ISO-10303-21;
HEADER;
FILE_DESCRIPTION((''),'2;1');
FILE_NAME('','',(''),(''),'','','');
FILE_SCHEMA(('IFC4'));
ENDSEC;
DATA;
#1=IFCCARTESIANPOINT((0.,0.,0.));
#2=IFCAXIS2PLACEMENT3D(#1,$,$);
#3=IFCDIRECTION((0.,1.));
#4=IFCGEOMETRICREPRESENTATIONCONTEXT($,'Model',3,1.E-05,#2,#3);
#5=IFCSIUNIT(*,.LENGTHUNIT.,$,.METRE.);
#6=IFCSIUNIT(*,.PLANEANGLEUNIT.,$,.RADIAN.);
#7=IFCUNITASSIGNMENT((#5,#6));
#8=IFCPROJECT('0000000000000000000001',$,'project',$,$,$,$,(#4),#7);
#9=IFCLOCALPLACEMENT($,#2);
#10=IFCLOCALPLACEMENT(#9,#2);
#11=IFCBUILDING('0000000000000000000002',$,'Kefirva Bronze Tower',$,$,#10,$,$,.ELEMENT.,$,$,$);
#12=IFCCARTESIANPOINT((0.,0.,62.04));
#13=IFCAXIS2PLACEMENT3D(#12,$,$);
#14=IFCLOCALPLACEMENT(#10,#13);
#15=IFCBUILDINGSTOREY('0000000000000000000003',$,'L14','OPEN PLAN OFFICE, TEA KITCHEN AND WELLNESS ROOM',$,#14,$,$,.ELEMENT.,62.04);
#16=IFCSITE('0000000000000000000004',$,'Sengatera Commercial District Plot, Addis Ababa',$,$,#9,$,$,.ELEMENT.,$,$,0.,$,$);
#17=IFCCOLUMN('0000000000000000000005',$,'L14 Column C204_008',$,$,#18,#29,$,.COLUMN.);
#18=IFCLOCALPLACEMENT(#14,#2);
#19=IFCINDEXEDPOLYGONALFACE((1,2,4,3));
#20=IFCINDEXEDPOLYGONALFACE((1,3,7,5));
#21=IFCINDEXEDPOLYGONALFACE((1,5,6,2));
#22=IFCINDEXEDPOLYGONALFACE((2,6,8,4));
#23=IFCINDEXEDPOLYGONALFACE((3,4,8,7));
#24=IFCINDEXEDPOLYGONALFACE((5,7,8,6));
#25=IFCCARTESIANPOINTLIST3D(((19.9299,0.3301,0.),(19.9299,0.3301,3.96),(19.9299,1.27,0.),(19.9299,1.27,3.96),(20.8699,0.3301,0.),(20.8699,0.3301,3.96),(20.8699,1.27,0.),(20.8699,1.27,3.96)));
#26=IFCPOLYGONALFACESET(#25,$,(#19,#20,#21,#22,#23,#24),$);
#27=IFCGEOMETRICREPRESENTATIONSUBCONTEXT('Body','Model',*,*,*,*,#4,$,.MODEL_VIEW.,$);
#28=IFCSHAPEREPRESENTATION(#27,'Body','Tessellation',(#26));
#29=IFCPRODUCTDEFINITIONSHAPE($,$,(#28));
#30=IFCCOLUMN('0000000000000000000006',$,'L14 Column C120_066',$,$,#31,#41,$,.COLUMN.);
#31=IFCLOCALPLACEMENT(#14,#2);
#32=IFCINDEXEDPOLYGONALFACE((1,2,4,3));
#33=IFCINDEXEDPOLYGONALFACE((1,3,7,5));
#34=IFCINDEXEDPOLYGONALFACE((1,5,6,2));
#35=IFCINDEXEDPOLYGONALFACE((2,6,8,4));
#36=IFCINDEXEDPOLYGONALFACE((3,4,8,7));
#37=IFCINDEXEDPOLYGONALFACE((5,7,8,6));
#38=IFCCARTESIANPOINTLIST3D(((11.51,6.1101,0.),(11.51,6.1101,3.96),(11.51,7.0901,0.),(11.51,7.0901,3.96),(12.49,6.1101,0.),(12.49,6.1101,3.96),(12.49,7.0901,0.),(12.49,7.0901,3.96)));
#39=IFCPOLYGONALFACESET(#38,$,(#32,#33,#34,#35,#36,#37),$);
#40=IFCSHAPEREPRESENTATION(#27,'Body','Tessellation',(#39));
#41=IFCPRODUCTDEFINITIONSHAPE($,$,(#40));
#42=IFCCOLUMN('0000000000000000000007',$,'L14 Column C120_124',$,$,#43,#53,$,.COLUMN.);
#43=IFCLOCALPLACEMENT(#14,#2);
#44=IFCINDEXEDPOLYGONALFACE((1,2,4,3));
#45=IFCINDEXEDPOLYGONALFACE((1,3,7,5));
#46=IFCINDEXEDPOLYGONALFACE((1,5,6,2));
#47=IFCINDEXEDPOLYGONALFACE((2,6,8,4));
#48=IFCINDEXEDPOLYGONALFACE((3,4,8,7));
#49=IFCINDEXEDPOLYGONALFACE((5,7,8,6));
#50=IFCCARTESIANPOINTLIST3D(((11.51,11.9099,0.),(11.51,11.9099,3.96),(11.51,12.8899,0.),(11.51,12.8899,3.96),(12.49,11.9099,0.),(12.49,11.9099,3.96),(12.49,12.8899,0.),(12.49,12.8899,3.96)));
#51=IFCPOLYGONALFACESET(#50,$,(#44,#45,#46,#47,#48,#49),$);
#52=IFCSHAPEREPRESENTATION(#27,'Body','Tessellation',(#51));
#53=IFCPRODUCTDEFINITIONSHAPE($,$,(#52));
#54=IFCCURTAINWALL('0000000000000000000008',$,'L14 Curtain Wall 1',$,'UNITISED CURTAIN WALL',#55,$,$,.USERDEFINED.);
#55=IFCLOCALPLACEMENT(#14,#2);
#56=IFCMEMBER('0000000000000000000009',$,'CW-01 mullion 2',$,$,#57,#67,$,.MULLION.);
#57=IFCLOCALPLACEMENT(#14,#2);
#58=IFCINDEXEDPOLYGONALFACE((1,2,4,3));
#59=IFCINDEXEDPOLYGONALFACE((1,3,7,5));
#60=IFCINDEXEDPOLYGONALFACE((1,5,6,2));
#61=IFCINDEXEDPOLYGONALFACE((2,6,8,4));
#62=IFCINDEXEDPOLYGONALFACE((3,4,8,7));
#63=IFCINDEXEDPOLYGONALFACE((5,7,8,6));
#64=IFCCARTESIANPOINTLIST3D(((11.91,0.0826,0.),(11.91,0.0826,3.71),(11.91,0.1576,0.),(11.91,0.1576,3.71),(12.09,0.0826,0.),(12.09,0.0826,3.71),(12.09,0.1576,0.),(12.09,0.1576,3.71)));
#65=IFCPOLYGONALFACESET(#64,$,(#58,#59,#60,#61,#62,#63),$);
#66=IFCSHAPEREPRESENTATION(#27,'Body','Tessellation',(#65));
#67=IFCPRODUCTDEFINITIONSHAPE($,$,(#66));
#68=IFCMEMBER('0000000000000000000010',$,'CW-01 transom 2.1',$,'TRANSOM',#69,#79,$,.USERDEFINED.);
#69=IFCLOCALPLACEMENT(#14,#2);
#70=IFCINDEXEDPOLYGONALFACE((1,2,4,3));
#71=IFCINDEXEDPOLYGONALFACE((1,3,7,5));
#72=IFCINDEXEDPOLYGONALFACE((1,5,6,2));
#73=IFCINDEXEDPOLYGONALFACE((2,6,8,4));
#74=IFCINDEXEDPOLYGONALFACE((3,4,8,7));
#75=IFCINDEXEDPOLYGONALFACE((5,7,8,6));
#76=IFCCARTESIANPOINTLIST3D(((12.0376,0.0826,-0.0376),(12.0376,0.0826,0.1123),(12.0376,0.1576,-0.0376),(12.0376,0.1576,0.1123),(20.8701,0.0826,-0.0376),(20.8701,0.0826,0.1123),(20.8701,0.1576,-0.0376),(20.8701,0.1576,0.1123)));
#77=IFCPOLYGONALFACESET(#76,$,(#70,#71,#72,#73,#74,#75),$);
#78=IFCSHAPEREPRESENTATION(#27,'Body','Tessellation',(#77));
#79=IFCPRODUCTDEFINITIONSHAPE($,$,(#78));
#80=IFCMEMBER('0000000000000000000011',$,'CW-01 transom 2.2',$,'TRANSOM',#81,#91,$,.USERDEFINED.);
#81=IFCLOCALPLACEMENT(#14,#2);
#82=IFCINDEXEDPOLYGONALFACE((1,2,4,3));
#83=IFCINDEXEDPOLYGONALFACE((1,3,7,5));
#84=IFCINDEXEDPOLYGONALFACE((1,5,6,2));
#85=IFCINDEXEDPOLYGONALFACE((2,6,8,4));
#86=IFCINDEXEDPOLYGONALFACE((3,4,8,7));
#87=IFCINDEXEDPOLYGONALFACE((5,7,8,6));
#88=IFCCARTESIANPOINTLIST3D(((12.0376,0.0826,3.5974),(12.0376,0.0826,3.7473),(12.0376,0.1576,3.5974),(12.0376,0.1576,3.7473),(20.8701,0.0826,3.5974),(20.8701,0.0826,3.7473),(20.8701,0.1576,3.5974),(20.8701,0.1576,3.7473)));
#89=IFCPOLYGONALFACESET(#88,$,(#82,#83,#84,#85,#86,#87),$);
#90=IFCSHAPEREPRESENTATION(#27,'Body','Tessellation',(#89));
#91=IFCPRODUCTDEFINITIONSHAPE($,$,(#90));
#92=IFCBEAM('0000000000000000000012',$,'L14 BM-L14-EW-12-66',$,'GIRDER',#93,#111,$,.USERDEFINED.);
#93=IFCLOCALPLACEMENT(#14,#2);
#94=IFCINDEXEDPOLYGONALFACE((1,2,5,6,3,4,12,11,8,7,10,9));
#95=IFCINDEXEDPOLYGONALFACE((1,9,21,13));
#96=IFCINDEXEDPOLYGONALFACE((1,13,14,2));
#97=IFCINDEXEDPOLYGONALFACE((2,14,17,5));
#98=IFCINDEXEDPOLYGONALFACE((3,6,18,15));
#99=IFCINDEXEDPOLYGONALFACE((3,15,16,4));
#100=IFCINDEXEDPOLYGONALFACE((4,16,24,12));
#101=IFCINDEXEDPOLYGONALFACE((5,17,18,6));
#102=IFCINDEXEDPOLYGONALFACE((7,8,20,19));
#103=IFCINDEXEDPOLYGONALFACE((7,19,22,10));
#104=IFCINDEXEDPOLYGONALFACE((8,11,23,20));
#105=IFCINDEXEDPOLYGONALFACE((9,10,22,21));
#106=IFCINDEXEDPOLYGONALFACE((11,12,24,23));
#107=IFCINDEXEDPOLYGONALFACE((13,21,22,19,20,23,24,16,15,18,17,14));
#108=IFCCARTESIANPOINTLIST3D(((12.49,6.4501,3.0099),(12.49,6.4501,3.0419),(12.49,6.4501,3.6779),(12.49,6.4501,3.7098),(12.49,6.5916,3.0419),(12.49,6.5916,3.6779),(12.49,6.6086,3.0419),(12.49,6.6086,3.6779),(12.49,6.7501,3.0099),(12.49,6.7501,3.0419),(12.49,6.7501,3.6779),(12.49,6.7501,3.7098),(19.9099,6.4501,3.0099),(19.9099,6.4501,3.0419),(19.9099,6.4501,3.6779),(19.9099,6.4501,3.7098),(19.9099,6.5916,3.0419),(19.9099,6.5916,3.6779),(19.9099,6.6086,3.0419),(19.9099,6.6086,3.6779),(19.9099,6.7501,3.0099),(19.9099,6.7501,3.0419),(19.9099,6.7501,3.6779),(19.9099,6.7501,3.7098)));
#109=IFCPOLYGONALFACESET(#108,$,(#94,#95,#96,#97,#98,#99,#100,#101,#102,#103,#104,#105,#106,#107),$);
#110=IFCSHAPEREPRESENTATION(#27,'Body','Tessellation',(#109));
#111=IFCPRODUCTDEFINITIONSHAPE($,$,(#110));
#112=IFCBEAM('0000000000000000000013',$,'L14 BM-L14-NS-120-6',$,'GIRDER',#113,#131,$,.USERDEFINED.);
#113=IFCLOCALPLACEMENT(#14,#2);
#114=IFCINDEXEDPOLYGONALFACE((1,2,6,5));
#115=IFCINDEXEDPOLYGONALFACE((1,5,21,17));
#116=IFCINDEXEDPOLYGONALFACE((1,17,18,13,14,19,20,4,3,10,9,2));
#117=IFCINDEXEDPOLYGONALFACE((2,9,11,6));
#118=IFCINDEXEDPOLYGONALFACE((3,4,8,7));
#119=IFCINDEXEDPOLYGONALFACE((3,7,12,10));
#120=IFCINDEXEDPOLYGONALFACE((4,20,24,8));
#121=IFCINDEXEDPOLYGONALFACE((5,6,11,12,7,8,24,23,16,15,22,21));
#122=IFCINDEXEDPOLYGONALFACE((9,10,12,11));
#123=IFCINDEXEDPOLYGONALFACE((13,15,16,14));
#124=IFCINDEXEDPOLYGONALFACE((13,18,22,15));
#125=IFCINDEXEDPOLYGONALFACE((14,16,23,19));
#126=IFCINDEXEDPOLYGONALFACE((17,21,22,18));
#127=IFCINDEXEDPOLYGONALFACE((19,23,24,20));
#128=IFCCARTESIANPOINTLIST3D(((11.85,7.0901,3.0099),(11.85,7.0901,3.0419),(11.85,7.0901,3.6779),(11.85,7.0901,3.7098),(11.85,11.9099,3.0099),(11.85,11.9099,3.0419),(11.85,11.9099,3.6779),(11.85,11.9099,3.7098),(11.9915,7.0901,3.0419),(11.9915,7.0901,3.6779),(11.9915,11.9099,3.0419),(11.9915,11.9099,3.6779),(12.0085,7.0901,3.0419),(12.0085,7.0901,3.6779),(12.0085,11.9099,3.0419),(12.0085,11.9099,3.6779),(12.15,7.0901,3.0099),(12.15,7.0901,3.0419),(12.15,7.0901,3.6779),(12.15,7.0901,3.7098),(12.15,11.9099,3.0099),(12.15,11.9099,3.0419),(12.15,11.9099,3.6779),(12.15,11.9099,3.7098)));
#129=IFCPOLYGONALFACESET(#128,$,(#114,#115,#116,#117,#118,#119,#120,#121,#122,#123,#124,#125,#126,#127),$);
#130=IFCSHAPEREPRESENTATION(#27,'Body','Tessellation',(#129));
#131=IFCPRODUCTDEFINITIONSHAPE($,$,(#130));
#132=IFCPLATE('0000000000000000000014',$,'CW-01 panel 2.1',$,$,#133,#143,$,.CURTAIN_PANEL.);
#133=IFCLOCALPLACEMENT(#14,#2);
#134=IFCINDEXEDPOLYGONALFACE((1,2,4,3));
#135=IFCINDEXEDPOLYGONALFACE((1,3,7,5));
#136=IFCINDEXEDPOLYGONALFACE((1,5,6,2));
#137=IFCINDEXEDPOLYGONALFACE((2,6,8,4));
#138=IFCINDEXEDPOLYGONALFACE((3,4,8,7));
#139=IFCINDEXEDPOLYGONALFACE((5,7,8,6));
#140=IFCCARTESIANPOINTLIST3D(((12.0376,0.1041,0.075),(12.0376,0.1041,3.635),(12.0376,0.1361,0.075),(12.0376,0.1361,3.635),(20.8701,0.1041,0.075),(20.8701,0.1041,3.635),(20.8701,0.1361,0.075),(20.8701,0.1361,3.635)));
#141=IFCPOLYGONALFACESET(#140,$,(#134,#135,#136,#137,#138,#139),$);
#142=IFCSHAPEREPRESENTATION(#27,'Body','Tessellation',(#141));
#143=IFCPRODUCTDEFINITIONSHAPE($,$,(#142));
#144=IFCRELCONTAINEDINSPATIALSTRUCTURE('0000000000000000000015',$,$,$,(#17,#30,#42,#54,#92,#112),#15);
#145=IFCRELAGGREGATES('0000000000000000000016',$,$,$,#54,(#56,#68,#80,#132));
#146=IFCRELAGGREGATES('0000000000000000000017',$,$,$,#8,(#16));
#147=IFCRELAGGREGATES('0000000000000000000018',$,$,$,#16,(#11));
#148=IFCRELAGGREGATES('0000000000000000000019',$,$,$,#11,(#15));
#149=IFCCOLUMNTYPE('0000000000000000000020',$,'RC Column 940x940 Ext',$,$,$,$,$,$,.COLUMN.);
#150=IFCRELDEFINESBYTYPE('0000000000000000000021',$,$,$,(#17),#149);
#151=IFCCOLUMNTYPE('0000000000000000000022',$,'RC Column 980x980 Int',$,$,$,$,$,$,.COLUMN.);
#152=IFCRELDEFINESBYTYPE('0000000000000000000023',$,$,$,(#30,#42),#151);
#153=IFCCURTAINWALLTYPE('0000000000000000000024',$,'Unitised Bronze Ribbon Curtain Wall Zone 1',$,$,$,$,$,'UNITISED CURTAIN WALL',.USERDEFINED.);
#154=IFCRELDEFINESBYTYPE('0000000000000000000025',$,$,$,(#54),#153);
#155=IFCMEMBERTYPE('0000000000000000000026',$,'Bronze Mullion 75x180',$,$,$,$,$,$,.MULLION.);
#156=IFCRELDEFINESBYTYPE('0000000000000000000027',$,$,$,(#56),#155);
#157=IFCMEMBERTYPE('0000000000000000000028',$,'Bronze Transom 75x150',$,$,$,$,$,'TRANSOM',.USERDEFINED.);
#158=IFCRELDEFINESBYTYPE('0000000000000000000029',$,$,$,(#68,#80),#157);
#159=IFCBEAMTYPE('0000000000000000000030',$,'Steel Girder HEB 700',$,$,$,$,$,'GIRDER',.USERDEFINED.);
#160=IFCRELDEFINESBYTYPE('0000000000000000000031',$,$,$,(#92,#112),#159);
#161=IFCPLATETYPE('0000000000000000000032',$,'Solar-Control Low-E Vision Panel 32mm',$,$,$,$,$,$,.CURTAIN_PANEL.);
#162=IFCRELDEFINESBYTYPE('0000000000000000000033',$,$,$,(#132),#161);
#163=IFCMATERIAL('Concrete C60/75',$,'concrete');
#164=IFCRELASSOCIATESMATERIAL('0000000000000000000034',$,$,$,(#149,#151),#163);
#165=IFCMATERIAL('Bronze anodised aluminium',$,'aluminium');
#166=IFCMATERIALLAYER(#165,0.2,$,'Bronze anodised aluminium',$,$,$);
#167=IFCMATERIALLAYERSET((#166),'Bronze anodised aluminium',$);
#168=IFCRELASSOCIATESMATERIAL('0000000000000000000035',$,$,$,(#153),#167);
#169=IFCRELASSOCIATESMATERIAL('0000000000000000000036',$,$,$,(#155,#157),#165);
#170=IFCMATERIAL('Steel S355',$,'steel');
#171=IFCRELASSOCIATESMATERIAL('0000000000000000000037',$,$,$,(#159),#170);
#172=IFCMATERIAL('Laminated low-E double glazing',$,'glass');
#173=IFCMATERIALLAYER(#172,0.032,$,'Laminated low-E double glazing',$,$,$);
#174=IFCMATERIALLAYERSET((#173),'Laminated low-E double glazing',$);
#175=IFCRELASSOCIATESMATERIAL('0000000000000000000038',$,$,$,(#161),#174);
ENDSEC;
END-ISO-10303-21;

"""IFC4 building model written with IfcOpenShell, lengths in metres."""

from ifc_helpers import new_model, si_unit, direction, frame, origin, origin_2d, place, context, subcontext, project, spatial, rectangle, i_section, extrude, material, layer, layer_set, material_profile, profile_set, type_object, element, aggregate, save


model = new_model("IFC4")

# Units and contexts
model_context = context("Model", 3, precision=1e-05, world=origin(), true_north=direction((0.0, 1.0)))
body_context = subcontext(model_context, "Body", "Model", "MODEL_VIEW")
ifc_project = project(units=[si_unit("LENGTHUNIT", "METRE"), si_unit("PLANEANGLEUNIT", "RADIAN")], contexts=[model_context])

# Site, building, storey
site_placement = place(None, origin())
site = spatial("IfcSite", under=ifc_project, at=site_placement, Name="Sengatera Commercial District Plot, Addis Ababa", CompositionType="ELEMENT", RefElevation=0.0)
building_placement = place(site_placement, origin())
building = spatial("IfcBuilding", under=site, at=building_placement, Name="Kefirva Bronze Tower", CompositionType="ELEMENT")
storey_placement = place(building_placement, frame((0.0, 0.0, 62.04)))
storey = spatial("IfcBuildingStorey", under=building, at=storey_placement, Name="L14", Description="OPEN PLAN OFFICE, TEA KITCHEN AND WELLNESS ROOM", CompositionType="ELEMENT", Elevation=62.04)

# Columns
ifc_material_1 = material(Name="Concrete C60/75", Category="concrete")
ifc_material_profile_1 = material_profile(ifc_material_1, rectangle(XDim=0.9399, YDim=0.9399, at=origin_2d()), Name="RC 940x940")
ifc_profile_set_1 = profile_set([ifc_material_profile_1], Name="Concrete C60/75")
column_type_1 = type_object("IfcColumnType", Name="RC Column 940x940 Ext", PredefinedType="COLUMN", material=ifc_profile_set_1)
column_placement = place(storey_placement, frame((20.3999, 0.8, 0.0), z_axis=(0.0, 0.0, 1.0), x_axis=(1.0, 0.0, 0.0)))
element("IfcColumn", 1, at=column_placement, inside=storey, type_object=column_type_1, Name="L14 Column C204_008", PredefinedType="COLUMN", context=body_context, shape_type="SweptSolid", body=[
    extrude(rectangle(XDim=0.9399, YDim=0.9399, at=origin_2d()), origin(), (0.0, 0.0, 1.0), 3.96),
])
ifc_material_profile_2 = material_profile(ifc_material_1, rectangle(XDim=0.98, YDim=0.98, at=origin_2d()), Name="RC 980x980")
ifc_profile_set_2 = profile_set([ifc_material_profile_2], Name="Concrete C60/75")
column_type_2 = type_object("IfcColumnType", Name="RC Column 980x980 Int", PredefinedType="COLUMN", material=ifc_profile_set_2)
for number, where, z_axis, x_axis, name in (
    (2, (12.0, 6.6001, 0.0), (0.0, 0.0, 1.0), (1.0, 0.0, 0.0), "L14 Column C120_066"),
    (3, (12.0, 12.3999, 0.0), (0.0, 0.0, 1.0), (1.0, 0.0, 0.0), "L14 Column C120_124"),
):
    element("IfcColumn", number, at=place(storey_placement, frame(where, z_axis=z_axis, x_axis=x_axis)), inside=storey, type_object=column_type_2, Name=name, PredefinedType="COLUMN", context=body_context, shape_type="SweptSolid", body=[
        extrude(rectangle(XDim=0.98, YDim=0.98, at=origin_2d()), origin(), (0.0, 0.0, 1.0), 3.96),
    ])

# Curtain wall, members
ifc_material_2 = material(Name="Bronze anodised aluminium", Category="aluminium")
ifc_layer_1 = layer(ifc_material_2, 0.2, Name="Bronze anodised aluminium")
ifc_layer_set_1 = layer_set([ifc_layer_1], Name="Bronze anodised aluminium")
curtain_wall_type = type_object("IfcCurtainWallType", Name="Unitised Bronze Ribbon Curtain Wall Zone 1", ElementType="UNITISED CURTAIN WALL", PredefinedType="USERDEFINED", material=ifc_layer_set_1)
curtain_wall_placement = place(storey_placement, origin())
curtain_wall = element("IfcCurtainWall", 4, at=curtain_wall_placement, inside=storey, type_object=curtain_wall_type, Name="L14 Curtain Wall 1", ObjectType="UNITISED CURTAIN WALL", PredefinedType="USERDEFINED")
ifc_material_profile_3 = material_profile(ifc_material_2, rectangle(XDim=0.075, YDim=0.1799, at=origin_2d()), Name="ALU 75x180")
ifc_profile_set_3 = profile_set([ifc_material_profile_3], Name="Bronze anodised aluminium")
member_type_1 = type_object("IfcMemberType", Name="Bronze Mullion 75x180", PredefinedType="MULLION", material=ifc_profile_set_3)
member_1_placement = place(storey_placement, frame((12.0, 0.1201, 0.0), z_axis=(0.0, 0.0, 1.0), x_axis=(0.0, 1.0, 0.0)))
member_1 = element("IfcMember", 5, at=member_1_placement, type_object=member_type_1, Name="CW-01 mullion 2", PredefinedType="MULLION", context=body_context, shape_type="SweptSolid", body=[
    extrude(rectangle(XDim=0.075, YDim=0.1799, at=origin_2d()), origin(), (0.0, 0.0, 1.0), 3.71),
])
ifc_material_profile_4 = material_profile(ifc_material_2, rectangle(XDim=0.075, YDim=0.1499, at=origin_2d()), Name="ALU 75x150")
ifc_profile_set_4 = profile_set([ifc_material_profile_4], Name="Bronze anodised aluminium")
member_type_2 = type_object("IfcMemberType", Name="Bronze Transom 75x150", ElementType="TRANSOM", PredefinedType="USERDEFINED", material=ifc_profile_set_4)
member_2_placement = place(storey_placement, frame((12.0376, 0.1201, 0.0374), z_axis=(1.0, 0.0, 0.0), x_axis=(0.0, 1.0, 0.0)))
member_2 = element("IfcMember", 6, at=member_2_placement, type_object=member_type_2, Name="CW-01 transom 2.1", ObjectType="TRANSOM", PredefinedType="USERDEFINED", context=body_context, shape_type="SweptSolid", body=[
    extrude(rectangle(XDim=0.075, YDim=0.1499, at=origin_2d()), origin(), (0.0, 0.0, 1.0), 8.8325),
])
member_3_placement = place(storey_placement, frame((12.0376, 0.1201, 3.6724), z_axis=(1.0, 0.0, 0.0), x_axis=(0.0, 1.0, 0.0)))
member_3 = element("IfcMember", 7, at=member_3_placement, type_object=member_type_2, Name="CW-01 transom 2.2", ObjectType="TRANSOM", PredefinedType="USERDEFINED", context=body_context, shape_type="SweptSolid", body=[
    extrude(rectangle(XDim=0.075, YDim=0.1499, at=origin_2d()), origin(), (0.0, 0.0, 1.0), 8.8325),
])

# Beams
ifc_material_3 = material(Name="Steel S355", Category="steel")
ifc_material_profile_5 = material_profile(ifc_material_3, i_section(OverallWidth=0.3, OverallDepth=0.7, WebThickness=0.0171, FlangeThickness=0.032, at=origin_2d()), Name="HEB 700")
ifc_profile_set_5 = profile_set([ifc_material_profile_5], Name="Steel S355")
beam_type = type_object("IfcBeamType", Name="Steel Girder HEB 700", ElementType="GIRDER", PredefinedType="USERDEFINED", material=ifc_profile_set_5)
beam_1_placement = place(storey_placement, frame((12.49, 6.6001, 3.3599), z_axis=(1.0, 0.0, 0.0), x_axis=(0.0, 1.0, 0.0)))
element("IfcBeam", 8, at=beam_1_placement, inside=storey, type_object=beam_type, Name="L14 BM-L14-EW-12-66", ObjectType="GIRDER", PredefinedType="USERDEFINED", context=body_context, shape_type="SweptSolid", body=[
    extrude(i_section(OverallWidth=0.3, OverallDepth=0.7, WebThickness=0.0171, FlangeThickness=0.032, at=origin_2d()), origin(), (0.0, 0.0, 1.0), 7.4199),
])
beam_2_placement = place(storey_placement, frame((12.0, 7.0901, 3.3599), z_axis=(0.0, 1.0, 0.0), x_axis=(-1.0, 0.0, 0.0)))
element("IfcBeam", 9, at=beam_2_placement, inside=storey, type_object=beam_type, Name="L14 BM-L14-NS-120-6", ObjectType="GIRDER", PredefinedType="USERDEFINED", context=body_context, shape_type="SweptSolid", body=[
    extrude(i_section(OverallWidth=0.3, OverallDepth=0.7, WebThickness=0.0171, FlangeThickness=0.032, at=origin_2d()), origin(), (0.0, 0.0, 1.0), 4.8198),
])

# Plate
ifc_material_4 = material(Name="Laminated low-E double glazing", Category="glass")
ifc_layer_2 = layer(ifc_material_4, 0.032, Name="Laminated low-E double glazing")
ifc_layer_set_2 = layer_set([ifc_layer_2], Name="Laminated low-E double glazing")
plate_type = type_object("IfcPlateType", Name="Solar-Control Low-E Vision Panel 32mm", PredefinedType="CURTAIN_PANEL", material=ifc_layer_set_2)
plate_placement = place(storey_placement, frame((16.4539, 0.1201, 0.075), z_axis=(0.0, 0.0, 1.0), x_axis=(1.0, 0.0, 0.0)))
plate = element("IfcPlate", 10, at=plate_placement, type_object=plate_type, Name="CW-01 panel 2.1", PredefinedType="CURTAIN_PANEL", context=body_context, shape_type="SweptSolid", body=[
    extrude(rectangle(XDim=8.8325, YDim=0.032, at=origin_2d()), origin(), (0.0, 0.0, 1.0), 3.5601),
])
aggregate(curtain_wall, [member_1, member_2, member_3, plate])

save(model, "model.ifc")
